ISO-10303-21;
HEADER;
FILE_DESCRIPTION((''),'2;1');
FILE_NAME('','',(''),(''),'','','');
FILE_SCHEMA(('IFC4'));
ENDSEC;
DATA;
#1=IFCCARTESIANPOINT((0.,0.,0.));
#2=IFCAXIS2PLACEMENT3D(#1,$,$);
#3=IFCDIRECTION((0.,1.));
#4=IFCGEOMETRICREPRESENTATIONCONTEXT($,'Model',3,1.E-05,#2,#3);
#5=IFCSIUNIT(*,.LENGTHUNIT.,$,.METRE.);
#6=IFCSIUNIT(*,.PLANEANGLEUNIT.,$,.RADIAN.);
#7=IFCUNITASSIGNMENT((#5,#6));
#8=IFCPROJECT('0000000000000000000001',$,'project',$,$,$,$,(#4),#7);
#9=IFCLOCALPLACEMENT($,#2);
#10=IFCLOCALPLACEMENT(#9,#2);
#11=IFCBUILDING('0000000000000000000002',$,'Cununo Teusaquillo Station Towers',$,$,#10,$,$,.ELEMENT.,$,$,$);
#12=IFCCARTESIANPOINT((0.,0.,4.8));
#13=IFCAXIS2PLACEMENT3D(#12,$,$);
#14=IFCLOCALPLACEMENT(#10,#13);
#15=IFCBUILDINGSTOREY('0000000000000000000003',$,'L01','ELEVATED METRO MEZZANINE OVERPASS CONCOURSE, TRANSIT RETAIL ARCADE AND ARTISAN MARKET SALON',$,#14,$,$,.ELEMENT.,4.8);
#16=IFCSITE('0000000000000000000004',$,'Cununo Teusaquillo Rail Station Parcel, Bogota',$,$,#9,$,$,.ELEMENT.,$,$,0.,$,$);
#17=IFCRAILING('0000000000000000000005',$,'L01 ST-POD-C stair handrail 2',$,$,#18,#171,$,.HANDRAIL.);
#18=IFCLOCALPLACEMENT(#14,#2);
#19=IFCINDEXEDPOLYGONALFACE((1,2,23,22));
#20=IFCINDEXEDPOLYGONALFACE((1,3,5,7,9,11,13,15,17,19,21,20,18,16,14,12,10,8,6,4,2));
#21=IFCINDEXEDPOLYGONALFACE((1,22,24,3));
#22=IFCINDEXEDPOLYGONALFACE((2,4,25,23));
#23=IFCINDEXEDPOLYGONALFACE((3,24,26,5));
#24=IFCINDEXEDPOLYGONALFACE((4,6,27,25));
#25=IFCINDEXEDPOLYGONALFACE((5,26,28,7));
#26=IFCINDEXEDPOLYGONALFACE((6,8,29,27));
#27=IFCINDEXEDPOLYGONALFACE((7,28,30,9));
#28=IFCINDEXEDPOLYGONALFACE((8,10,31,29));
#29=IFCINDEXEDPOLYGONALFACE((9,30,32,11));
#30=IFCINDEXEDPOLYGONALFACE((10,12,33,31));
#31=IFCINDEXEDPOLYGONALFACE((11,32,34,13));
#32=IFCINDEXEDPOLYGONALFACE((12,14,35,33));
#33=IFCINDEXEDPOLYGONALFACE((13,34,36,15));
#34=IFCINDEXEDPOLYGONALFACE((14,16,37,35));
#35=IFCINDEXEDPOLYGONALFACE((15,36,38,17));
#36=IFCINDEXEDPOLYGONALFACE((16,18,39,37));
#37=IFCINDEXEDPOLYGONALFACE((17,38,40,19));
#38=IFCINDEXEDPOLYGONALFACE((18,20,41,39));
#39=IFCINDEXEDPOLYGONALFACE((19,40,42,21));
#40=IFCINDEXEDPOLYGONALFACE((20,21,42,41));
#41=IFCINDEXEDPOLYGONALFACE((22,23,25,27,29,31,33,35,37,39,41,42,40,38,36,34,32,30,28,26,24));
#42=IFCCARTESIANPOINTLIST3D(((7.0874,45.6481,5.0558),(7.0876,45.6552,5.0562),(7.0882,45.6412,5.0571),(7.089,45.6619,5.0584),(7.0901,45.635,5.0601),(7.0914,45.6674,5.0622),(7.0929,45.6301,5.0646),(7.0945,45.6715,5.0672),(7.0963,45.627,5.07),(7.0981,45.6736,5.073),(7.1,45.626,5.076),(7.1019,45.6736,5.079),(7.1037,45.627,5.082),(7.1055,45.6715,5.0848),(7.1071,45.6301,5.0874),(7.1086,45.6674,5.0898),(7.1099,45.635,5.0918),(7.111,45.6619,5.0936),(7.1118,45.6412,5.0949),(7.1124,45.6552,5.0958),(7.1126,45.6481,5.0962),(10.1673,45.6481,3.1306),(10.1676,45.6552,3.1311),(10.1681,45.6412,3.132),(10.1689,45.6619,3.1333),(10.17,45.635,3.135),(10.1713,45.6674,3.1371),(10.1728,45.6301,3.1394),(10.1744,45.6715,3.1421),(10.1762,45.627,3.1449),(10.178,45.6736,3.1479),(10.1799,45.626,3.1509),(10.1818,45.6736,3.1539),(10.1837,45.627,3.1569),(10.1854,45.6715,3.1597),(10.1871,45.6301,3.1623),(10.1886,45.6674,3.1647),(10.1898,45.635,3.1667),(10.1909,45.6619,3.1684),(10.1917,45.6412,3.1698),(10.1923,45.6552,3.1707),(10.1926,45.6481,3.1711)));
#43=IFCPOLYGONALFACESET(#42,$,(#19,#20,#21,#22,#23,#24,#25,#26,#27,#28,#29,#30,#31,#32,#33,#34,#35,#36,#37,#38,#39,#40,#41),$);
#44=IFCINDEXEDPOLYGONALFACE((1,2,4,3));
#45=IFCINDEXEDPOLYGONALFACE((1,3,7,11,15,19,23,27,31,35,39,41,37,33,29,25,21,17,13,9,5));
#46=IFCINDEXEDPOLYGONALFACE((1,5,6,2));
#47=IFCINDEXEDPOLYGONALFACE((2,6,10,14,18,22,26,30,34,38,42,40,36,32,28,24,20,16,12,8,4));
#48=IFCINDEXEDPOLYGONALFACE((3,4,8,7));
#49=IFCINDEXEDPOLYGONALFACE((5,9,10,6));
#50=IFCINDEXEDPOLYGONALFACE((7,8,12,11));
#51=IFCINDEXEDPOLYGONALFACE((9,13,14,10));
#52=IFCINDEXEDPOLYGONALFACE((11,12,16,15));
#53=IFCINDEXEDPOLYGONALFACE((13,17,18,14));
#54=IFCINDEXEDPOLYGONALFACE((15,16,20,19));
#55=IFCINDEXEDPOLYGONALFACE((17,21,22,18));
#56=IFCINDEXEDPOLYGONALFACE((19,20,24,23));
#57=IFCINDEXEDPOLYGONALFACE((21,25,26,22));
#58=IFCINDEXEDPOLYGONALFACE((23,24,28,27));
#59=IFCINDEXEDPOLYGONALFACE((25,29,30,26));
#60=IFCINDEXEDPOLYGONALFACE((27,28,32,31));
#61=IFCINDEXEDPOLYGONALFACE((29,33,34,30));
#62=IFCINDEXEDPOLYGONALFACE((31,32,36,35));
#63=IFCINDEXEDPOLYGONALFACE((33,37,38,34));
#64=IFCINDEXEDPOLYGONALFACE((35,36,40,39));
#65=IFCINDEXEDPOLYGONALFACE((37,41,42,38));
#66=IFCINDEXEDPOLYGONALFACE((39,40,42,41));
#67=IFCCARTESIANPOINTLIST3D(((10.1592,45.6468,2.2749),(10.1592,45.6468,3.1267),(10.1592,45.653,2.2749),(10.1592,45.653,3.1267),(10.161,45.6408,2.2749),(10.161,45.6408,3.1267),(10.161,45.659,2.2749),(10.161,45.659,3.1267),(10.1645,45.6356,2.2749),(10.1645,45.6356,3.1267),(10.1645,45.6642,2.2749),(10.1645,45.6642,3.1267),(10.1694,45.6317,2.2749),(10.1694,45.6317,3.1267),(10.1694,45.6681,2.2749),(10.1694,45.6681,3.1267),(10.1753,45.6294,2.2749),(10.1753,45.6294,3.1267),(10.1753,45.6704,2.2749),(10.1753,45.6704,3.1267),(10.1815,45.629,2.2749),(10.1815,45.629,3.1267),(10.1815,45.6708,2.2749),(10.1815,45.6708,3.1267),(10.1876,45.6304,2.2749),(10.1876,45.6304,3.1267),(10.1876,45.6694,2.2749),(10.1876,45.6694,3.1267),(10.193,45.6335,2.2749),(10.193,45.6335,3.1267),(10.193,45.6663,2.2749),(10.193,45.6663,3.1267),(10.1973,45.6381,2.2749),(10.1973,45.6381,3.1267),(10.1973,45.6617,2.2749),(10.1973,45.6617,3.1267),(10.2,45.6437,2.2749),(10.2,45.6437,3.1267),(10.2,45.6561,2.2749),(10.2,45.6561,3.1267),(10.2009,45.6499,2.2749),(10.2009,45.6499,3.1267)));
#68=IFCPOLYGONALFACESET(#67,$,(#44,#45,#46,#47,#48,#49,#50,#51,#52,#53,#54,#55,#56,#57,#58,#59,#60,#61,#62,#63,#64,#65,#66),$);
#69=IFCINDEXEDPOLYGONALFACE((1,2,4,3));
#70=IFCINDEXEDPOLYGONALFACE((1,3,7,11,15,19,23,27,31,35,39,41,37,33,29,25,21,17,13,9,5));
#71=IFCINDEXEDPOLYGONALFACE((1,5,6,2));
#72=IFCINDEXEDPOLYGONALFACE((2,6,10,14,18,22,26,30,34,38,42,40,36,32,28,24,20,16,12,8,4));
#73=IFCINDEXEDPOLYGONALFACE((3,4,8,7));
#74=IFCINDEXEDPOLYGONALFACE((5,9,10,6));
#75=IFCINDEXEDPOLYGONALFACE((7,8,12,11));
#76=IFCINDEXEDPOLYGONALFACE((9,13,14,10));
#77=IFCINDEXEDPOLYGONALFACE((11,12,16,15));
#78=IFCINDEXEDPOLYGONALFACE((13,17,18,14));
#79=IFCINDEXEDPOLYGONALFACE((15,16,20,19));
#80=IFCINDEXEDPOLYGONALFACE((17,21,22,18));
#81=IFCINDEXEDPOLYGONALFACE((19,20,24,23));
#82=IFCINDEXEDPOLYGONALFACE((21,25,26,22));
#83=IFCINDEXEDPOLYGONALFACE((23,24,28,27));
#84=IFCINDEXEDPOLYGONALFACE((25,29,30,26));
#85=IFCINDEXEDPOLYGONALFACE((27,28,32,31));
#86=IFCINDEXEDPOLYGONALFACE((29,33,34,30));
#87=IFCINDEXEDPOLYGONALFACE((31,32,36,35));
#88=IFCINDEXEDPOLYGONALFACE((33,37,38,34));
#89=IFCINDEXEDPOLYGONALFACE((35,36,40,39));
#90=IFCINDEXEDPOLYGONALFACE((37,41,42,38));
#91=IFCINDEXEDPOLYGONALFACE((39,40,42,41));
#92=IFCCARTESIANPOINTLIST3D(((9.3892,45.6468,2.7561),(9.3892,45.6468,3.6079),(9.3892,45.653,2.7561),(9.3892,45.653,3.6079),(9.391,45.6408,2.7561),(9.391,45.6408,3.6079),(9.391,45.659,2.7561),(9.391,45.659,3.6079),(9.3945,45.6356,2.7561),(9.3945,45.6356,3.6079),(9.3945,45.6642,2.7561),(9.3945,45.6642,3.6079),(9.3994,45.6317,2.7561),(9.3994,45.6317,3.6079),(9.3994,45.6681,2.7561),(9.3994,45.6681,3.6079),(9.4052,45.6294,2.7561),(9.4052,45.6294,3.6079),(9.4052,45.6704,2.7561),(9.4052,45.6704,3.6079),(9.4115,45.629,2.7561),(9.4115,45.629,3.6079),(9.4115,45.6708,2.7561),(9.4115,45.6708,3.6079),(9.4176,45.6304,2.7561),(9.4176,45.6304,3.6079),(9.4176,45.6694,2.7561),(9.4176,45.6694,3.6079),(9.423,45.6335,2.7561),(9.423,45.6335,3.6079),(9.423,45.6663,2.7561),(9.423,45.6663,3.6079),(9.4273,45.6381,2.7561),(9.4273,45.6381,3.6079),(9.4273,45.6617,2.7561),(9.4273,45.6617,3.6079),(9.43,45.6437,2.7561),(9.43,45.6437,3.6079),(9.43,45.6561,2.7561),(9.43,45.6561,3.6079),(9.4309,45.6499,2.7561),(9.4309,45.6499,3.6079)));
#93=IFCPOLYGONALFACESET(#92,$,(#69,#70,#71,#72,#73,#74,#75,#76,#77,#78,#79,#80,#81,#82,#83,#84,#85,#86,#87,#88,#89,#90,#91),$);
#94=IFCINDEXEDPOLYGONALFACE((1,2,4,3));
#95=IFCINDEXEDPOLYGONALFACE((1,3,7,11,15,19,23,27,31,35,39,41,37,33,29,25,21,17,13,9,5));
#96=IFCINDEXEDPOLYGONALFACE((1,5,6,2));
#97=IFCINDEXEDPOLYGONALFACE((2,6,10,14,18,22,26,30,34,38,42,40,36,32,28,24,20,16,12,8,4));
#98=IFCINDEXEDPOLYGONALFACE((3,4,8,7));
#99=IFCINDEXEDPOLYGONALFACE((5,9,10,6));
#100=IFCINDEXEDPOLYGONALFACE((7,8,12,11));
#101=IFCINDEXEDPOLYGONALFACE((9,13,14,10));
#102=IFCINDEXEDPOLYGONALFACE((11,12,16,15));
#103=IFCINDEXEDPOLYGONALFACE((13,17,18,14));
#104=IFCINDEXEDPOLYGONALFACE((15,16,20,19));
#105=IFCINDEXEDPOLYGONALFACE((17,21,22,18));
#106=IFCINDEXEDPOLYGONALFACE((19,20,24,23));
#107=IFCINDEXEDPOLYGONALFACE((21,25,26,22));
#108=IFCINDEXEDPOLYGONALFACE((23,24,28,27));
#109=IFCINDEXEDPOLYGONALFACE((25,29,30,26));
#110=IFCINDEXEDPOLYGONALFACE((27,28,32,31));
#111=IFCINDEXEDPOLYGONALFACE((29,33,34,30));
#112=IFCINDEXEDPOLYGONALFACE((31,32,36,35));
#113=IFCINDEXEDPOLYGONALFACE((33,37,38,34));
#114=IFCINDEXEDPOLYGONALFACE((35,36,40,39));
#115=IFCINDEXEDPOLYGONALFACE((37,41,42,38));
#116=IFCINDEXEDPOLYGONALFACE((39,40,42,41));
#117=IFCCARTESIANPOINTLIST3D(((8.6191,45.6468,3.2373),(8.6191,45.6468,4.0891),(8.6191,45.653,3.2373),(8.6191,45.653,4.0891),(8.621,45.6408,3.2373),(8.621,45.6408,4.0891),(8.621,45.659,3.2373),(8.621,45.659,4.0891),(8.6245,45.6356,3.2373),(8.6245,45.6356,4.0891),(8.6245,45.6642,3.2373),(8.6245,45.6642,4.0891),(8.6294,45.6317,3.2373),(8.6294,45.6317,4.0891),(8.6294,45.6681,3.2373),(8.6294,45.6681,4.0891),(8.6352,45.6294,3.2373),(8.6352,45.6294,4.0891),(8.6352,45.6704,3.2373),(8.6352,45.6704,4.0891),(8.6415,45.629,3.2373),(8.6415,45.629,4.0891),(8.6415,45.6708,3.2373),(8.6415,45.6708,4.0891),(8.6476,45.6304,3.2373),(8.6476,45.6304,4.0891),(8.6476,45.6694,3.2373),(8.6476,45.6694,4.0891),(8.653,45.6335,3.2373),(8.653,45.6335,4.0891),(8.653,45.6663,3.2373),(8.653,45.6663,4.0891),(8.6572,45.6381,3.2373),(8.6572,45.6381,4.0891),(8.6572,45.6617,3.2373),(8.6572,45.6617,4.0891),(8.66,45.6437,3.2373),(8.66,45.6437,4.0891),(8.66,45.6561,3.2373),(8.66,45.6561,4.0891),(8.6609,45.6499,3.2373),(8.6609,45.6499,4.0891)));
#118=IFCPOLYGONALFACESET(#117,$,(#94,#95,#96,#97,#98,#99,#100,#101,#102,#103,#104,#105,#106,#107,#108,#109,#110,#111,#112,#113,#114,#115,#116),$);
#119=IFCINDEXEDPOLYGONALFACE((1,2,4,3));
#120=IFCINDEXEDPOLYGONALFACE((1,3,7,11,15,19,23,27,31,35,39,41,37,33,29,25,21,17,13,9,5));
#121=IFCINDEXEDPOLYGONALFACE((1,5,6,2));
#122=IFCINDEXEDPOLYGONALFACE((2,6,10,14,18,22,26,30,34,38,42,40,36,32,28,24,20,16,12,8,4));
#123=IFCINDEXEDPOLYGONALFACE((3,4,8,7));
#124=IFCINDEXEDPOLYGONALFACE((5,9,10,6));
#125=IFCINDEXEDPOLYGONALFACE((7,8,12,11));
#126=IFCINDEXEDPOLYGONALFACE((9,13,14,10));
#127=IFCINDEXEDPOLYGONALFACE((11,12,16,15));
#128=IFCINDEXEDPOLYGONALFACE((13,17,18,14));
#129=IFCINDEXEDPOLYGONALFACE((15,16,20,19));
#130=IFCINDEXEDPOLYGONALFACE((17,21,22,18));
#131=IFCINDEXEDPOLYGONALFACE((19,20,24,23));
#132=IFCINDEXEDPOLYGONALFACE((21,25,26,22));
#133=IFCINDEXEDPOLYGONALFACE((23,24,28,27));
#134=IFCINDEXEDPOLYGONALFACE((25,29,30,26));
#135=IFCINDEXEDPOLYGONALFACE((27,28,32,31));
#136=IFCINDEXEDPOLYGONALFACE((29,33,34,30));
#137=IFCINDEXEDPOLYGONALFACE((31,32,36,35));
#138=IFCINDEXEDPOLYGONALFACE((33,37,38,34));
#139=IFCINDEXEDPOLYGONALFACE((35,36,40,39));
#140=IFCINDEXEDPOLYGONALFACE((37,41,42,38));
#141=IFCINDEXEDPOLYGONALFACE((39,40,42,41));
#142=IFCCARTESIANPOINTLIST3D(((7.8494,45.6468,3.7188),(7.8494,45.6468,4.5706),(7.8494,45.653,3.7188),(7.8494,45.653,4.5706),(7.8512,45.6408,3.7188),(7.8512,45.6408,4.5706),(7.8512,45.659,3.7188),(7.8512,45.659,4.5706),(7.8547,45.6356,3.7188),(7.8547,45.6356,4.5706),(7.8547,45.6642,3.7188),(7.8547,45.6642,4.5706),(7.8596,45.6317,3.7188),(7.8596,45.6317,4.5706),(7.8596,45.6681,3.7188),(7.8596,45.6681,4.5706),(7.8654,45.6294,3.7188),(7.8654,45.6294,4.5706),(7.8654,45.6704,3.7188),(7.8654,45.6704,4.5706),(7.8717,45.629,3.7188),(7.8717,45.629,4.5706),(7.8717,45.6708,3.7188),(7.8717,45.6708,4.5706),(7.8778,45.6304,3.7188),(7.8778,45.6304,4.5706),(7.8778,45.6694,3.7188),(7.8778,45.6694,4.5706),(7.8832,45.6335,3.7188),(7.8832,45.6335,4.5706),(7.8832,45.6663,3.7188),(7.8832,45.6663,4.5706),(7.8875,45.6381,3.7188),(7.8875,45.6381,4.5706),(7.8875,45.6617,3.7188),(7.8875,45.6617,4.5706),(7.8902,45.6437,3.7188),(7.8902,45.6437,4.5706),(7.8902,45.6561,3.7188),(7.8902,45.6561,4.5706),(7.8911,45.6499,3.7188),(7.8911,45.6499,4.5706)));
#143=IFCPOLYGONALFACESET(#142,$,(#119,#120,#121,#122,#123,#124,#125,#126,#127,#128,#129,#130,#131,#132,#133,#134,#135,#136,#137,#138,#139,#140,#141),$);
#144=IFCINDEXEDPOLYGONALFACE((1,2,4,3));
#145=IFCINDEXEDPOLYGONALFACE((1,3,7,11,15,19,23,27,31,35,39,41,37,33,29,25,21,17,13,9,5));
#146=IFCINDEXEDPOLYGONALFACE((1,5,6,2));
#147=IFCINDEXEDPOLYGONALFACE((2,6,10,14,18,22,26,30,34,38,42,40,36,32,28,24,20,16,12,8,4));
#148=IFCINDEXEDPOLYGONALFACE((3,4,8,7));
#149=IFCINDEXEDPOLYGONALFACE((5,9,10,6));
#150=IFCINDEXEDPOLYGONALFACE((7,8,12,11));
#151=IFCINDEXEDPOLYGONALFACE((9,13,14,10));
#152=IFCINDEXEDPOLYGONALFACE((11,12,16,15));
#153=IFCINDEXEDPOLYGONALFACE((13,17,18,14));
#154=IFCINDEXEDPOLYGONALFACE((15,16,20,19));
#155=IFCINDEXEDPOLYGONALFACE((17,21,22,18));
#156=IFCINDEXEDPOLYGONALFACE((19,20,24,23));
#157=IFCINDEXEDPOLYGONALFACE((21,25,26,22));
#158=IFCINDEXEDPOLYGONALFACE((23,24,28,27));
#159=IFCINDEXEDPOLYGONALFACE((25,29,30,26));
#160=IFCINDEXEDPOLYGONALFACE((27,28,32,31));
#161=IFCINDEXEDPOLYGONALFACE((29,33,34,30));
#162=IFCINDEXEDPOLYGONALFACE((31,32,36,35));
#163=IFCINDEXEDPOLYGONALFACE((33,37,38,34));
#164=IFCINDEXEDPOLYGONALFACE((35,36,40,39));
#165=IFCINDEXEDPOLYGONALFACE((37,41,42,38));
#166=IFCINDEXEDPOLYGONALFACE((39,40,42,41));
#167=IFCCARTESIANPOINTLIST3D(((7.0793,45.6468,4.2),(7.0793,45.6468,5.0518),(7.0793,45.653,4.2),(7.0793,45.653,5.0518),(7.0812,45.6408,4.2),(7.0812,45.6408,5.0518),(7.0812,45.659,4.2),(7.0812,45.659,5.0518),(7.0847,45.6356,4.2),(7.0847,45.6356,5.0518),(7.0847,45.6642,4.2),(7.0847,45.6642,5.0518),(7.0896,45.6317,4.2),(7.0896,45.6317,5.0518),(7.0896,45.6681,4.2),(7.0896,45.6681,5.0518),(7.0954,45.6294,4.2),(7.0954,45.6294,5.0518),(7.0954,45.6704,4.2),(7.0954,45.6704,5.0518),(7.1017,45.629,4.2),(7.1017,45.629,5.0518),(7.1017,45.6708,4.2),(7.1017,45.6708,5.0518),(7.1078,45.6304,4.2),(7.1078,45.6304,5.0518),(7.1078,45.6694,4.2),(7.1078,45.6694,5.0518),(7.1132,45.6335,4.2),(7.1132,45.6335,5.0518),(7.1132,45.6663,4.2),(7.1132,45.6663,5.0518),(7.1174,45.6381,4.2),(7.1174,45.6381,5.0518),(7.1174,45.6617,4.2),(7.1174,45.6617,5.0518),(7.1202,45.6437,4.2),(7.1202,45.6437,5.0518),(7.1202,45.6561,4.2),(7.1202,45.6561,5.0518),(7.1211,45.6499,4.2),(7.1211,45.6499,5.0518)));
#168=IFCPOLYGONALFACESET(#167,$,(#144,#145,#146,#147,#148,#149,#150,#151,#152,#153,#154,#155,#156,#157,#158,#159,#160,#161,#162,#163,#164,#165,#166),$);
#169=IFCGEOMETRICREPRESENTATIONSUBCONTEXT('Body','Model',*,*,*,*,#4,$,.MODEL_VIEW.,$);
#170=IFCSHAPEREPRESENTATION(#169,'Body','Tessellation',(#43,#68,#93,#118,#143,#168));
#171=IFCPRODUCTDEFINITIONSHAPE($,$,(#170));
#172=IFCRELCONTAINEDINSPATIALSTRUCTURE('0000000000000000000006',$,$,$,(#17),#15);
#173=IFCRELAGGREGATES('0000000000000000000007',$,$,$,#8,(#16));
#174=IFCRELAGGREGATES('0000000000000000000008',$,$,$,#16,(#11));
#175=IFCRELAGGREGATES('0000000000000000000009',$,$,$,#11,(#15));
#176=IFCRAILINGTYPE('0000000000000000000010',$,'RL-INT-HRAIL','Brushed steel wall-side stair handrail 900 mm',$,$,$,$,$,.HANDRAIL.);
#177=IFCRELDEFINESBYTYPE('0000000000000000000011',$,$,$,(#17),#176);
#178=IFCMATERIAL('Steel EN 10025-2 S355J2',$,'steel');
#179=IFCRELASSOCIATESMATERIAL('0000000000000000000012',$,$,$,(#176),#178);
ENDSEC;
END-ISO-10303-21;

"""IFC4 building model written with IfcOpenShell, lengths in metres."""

from ifc_helpers import new_model, si_unit, direction, frame, origin, origin_2d, place, context, subcontext, project, spatial, circle, extrude, material, type_object, element, save


model = new_model("IFC4")

# Units and contexts
model_context = context("Model", 3, precision=1e-05, world=origin(), true_north=direction((0.0, 1.0)))
body_context = subcontext(model_context, "Body", "Model", "MODEL_VIEW")
ifc_project = project(units=[si_unit("LENGTHUNIT", "METRE"), si_unit("PLANEANGLEUNIT", "RADIAN")], contexts=[model_context])

# Site, building, storey
site_placement = place(None, origin())
site = spatial("IfcSite", under=ifc_project, at=site_placement, Name="Cununo Teusaquillo Rail Station Parcel, Bogota", CompositionType="ELEMENT", RefElevation=0.0)
building_placement = place(site_placement, origin())
building = spatial("IfcBuilding", under=site, at=building_placement, Name="Cununo Teusaquillo Station Towers", CompositionType="ELEMENT")
storey_placement = place(building_placement, frame((0.0, 0.0, 4.8)))
storey = spatial("IfcBuildingStorey", under=building, at=storey_placement, Name="L01", Description="ELEVATED METRO MEZZANINE OVERPASS CONCOURSE, TRANSIT RETAIL ARCADE AND ARTISAN MARKET SALON", CompositionType="ELEMENT", Elevation=4.8)

# Railing
ifc_material_1 = material(Name="Steel EN 10025-2 S355J2", Category="steel")
railing_type_1 = type_object("IfcRailingType", Name="RL-INT-HRAIL", Description="Brushed steel wall-side stair handrail 900 mm", PredefinedType="HANDRAIL", material=ifc_material_1)
railing_1_placement = place(storey_placement, frame((10.1799, 45.6499, 2.2749)))
element("IfcRailing", 1, at=railing_1_placement, inside=storey, type_object=railing_type_1, Name="L01 ST-POD-C stair handrail 2", PredefinedType="HANDRAIL", context=body_context, shape_type="SweptSolid", body=[
    extrude(circle(Radius=0.0239, at=origin_2d()), frame((0.0, 0.0, 0.876), z_axis=(-0.847979, 0.0, 0.530029), x_axis=(0.0, -1.0, 0.0)), (0.0, 0.0, 1.0), 3.6321),
    extrude(circle(Radius=0.021, at=origin_2d()), origin(), (0.0, 0.0, 1.0), 0.8518),
    extrude(circle(Radius=0.021, at=origin_2d()), frame((-0.77, 0.0, 0.4812)), (0.0, 0.0, 1.0), 0.8518),
    extrude(circle(Radius=0.021, at=origin_2d()), frame((-1.54, 0.0, 0.9624)), (0.0, 0.0, 1.0), 0.8518),
    extrude(circle(Radius=0.021, at=origin_2d()), frame((-2.3098, 0.0, 1.4438)), (0.0, 0.0, 1.0), 0.8518),
    extrude(circle(Radius=0.021, at=origin_2d()), frame((-3.0798, 0.0, 1.925)), (0.0, 0.0, 1.0), 0.8518),
])

save(model, "model.ifc")
